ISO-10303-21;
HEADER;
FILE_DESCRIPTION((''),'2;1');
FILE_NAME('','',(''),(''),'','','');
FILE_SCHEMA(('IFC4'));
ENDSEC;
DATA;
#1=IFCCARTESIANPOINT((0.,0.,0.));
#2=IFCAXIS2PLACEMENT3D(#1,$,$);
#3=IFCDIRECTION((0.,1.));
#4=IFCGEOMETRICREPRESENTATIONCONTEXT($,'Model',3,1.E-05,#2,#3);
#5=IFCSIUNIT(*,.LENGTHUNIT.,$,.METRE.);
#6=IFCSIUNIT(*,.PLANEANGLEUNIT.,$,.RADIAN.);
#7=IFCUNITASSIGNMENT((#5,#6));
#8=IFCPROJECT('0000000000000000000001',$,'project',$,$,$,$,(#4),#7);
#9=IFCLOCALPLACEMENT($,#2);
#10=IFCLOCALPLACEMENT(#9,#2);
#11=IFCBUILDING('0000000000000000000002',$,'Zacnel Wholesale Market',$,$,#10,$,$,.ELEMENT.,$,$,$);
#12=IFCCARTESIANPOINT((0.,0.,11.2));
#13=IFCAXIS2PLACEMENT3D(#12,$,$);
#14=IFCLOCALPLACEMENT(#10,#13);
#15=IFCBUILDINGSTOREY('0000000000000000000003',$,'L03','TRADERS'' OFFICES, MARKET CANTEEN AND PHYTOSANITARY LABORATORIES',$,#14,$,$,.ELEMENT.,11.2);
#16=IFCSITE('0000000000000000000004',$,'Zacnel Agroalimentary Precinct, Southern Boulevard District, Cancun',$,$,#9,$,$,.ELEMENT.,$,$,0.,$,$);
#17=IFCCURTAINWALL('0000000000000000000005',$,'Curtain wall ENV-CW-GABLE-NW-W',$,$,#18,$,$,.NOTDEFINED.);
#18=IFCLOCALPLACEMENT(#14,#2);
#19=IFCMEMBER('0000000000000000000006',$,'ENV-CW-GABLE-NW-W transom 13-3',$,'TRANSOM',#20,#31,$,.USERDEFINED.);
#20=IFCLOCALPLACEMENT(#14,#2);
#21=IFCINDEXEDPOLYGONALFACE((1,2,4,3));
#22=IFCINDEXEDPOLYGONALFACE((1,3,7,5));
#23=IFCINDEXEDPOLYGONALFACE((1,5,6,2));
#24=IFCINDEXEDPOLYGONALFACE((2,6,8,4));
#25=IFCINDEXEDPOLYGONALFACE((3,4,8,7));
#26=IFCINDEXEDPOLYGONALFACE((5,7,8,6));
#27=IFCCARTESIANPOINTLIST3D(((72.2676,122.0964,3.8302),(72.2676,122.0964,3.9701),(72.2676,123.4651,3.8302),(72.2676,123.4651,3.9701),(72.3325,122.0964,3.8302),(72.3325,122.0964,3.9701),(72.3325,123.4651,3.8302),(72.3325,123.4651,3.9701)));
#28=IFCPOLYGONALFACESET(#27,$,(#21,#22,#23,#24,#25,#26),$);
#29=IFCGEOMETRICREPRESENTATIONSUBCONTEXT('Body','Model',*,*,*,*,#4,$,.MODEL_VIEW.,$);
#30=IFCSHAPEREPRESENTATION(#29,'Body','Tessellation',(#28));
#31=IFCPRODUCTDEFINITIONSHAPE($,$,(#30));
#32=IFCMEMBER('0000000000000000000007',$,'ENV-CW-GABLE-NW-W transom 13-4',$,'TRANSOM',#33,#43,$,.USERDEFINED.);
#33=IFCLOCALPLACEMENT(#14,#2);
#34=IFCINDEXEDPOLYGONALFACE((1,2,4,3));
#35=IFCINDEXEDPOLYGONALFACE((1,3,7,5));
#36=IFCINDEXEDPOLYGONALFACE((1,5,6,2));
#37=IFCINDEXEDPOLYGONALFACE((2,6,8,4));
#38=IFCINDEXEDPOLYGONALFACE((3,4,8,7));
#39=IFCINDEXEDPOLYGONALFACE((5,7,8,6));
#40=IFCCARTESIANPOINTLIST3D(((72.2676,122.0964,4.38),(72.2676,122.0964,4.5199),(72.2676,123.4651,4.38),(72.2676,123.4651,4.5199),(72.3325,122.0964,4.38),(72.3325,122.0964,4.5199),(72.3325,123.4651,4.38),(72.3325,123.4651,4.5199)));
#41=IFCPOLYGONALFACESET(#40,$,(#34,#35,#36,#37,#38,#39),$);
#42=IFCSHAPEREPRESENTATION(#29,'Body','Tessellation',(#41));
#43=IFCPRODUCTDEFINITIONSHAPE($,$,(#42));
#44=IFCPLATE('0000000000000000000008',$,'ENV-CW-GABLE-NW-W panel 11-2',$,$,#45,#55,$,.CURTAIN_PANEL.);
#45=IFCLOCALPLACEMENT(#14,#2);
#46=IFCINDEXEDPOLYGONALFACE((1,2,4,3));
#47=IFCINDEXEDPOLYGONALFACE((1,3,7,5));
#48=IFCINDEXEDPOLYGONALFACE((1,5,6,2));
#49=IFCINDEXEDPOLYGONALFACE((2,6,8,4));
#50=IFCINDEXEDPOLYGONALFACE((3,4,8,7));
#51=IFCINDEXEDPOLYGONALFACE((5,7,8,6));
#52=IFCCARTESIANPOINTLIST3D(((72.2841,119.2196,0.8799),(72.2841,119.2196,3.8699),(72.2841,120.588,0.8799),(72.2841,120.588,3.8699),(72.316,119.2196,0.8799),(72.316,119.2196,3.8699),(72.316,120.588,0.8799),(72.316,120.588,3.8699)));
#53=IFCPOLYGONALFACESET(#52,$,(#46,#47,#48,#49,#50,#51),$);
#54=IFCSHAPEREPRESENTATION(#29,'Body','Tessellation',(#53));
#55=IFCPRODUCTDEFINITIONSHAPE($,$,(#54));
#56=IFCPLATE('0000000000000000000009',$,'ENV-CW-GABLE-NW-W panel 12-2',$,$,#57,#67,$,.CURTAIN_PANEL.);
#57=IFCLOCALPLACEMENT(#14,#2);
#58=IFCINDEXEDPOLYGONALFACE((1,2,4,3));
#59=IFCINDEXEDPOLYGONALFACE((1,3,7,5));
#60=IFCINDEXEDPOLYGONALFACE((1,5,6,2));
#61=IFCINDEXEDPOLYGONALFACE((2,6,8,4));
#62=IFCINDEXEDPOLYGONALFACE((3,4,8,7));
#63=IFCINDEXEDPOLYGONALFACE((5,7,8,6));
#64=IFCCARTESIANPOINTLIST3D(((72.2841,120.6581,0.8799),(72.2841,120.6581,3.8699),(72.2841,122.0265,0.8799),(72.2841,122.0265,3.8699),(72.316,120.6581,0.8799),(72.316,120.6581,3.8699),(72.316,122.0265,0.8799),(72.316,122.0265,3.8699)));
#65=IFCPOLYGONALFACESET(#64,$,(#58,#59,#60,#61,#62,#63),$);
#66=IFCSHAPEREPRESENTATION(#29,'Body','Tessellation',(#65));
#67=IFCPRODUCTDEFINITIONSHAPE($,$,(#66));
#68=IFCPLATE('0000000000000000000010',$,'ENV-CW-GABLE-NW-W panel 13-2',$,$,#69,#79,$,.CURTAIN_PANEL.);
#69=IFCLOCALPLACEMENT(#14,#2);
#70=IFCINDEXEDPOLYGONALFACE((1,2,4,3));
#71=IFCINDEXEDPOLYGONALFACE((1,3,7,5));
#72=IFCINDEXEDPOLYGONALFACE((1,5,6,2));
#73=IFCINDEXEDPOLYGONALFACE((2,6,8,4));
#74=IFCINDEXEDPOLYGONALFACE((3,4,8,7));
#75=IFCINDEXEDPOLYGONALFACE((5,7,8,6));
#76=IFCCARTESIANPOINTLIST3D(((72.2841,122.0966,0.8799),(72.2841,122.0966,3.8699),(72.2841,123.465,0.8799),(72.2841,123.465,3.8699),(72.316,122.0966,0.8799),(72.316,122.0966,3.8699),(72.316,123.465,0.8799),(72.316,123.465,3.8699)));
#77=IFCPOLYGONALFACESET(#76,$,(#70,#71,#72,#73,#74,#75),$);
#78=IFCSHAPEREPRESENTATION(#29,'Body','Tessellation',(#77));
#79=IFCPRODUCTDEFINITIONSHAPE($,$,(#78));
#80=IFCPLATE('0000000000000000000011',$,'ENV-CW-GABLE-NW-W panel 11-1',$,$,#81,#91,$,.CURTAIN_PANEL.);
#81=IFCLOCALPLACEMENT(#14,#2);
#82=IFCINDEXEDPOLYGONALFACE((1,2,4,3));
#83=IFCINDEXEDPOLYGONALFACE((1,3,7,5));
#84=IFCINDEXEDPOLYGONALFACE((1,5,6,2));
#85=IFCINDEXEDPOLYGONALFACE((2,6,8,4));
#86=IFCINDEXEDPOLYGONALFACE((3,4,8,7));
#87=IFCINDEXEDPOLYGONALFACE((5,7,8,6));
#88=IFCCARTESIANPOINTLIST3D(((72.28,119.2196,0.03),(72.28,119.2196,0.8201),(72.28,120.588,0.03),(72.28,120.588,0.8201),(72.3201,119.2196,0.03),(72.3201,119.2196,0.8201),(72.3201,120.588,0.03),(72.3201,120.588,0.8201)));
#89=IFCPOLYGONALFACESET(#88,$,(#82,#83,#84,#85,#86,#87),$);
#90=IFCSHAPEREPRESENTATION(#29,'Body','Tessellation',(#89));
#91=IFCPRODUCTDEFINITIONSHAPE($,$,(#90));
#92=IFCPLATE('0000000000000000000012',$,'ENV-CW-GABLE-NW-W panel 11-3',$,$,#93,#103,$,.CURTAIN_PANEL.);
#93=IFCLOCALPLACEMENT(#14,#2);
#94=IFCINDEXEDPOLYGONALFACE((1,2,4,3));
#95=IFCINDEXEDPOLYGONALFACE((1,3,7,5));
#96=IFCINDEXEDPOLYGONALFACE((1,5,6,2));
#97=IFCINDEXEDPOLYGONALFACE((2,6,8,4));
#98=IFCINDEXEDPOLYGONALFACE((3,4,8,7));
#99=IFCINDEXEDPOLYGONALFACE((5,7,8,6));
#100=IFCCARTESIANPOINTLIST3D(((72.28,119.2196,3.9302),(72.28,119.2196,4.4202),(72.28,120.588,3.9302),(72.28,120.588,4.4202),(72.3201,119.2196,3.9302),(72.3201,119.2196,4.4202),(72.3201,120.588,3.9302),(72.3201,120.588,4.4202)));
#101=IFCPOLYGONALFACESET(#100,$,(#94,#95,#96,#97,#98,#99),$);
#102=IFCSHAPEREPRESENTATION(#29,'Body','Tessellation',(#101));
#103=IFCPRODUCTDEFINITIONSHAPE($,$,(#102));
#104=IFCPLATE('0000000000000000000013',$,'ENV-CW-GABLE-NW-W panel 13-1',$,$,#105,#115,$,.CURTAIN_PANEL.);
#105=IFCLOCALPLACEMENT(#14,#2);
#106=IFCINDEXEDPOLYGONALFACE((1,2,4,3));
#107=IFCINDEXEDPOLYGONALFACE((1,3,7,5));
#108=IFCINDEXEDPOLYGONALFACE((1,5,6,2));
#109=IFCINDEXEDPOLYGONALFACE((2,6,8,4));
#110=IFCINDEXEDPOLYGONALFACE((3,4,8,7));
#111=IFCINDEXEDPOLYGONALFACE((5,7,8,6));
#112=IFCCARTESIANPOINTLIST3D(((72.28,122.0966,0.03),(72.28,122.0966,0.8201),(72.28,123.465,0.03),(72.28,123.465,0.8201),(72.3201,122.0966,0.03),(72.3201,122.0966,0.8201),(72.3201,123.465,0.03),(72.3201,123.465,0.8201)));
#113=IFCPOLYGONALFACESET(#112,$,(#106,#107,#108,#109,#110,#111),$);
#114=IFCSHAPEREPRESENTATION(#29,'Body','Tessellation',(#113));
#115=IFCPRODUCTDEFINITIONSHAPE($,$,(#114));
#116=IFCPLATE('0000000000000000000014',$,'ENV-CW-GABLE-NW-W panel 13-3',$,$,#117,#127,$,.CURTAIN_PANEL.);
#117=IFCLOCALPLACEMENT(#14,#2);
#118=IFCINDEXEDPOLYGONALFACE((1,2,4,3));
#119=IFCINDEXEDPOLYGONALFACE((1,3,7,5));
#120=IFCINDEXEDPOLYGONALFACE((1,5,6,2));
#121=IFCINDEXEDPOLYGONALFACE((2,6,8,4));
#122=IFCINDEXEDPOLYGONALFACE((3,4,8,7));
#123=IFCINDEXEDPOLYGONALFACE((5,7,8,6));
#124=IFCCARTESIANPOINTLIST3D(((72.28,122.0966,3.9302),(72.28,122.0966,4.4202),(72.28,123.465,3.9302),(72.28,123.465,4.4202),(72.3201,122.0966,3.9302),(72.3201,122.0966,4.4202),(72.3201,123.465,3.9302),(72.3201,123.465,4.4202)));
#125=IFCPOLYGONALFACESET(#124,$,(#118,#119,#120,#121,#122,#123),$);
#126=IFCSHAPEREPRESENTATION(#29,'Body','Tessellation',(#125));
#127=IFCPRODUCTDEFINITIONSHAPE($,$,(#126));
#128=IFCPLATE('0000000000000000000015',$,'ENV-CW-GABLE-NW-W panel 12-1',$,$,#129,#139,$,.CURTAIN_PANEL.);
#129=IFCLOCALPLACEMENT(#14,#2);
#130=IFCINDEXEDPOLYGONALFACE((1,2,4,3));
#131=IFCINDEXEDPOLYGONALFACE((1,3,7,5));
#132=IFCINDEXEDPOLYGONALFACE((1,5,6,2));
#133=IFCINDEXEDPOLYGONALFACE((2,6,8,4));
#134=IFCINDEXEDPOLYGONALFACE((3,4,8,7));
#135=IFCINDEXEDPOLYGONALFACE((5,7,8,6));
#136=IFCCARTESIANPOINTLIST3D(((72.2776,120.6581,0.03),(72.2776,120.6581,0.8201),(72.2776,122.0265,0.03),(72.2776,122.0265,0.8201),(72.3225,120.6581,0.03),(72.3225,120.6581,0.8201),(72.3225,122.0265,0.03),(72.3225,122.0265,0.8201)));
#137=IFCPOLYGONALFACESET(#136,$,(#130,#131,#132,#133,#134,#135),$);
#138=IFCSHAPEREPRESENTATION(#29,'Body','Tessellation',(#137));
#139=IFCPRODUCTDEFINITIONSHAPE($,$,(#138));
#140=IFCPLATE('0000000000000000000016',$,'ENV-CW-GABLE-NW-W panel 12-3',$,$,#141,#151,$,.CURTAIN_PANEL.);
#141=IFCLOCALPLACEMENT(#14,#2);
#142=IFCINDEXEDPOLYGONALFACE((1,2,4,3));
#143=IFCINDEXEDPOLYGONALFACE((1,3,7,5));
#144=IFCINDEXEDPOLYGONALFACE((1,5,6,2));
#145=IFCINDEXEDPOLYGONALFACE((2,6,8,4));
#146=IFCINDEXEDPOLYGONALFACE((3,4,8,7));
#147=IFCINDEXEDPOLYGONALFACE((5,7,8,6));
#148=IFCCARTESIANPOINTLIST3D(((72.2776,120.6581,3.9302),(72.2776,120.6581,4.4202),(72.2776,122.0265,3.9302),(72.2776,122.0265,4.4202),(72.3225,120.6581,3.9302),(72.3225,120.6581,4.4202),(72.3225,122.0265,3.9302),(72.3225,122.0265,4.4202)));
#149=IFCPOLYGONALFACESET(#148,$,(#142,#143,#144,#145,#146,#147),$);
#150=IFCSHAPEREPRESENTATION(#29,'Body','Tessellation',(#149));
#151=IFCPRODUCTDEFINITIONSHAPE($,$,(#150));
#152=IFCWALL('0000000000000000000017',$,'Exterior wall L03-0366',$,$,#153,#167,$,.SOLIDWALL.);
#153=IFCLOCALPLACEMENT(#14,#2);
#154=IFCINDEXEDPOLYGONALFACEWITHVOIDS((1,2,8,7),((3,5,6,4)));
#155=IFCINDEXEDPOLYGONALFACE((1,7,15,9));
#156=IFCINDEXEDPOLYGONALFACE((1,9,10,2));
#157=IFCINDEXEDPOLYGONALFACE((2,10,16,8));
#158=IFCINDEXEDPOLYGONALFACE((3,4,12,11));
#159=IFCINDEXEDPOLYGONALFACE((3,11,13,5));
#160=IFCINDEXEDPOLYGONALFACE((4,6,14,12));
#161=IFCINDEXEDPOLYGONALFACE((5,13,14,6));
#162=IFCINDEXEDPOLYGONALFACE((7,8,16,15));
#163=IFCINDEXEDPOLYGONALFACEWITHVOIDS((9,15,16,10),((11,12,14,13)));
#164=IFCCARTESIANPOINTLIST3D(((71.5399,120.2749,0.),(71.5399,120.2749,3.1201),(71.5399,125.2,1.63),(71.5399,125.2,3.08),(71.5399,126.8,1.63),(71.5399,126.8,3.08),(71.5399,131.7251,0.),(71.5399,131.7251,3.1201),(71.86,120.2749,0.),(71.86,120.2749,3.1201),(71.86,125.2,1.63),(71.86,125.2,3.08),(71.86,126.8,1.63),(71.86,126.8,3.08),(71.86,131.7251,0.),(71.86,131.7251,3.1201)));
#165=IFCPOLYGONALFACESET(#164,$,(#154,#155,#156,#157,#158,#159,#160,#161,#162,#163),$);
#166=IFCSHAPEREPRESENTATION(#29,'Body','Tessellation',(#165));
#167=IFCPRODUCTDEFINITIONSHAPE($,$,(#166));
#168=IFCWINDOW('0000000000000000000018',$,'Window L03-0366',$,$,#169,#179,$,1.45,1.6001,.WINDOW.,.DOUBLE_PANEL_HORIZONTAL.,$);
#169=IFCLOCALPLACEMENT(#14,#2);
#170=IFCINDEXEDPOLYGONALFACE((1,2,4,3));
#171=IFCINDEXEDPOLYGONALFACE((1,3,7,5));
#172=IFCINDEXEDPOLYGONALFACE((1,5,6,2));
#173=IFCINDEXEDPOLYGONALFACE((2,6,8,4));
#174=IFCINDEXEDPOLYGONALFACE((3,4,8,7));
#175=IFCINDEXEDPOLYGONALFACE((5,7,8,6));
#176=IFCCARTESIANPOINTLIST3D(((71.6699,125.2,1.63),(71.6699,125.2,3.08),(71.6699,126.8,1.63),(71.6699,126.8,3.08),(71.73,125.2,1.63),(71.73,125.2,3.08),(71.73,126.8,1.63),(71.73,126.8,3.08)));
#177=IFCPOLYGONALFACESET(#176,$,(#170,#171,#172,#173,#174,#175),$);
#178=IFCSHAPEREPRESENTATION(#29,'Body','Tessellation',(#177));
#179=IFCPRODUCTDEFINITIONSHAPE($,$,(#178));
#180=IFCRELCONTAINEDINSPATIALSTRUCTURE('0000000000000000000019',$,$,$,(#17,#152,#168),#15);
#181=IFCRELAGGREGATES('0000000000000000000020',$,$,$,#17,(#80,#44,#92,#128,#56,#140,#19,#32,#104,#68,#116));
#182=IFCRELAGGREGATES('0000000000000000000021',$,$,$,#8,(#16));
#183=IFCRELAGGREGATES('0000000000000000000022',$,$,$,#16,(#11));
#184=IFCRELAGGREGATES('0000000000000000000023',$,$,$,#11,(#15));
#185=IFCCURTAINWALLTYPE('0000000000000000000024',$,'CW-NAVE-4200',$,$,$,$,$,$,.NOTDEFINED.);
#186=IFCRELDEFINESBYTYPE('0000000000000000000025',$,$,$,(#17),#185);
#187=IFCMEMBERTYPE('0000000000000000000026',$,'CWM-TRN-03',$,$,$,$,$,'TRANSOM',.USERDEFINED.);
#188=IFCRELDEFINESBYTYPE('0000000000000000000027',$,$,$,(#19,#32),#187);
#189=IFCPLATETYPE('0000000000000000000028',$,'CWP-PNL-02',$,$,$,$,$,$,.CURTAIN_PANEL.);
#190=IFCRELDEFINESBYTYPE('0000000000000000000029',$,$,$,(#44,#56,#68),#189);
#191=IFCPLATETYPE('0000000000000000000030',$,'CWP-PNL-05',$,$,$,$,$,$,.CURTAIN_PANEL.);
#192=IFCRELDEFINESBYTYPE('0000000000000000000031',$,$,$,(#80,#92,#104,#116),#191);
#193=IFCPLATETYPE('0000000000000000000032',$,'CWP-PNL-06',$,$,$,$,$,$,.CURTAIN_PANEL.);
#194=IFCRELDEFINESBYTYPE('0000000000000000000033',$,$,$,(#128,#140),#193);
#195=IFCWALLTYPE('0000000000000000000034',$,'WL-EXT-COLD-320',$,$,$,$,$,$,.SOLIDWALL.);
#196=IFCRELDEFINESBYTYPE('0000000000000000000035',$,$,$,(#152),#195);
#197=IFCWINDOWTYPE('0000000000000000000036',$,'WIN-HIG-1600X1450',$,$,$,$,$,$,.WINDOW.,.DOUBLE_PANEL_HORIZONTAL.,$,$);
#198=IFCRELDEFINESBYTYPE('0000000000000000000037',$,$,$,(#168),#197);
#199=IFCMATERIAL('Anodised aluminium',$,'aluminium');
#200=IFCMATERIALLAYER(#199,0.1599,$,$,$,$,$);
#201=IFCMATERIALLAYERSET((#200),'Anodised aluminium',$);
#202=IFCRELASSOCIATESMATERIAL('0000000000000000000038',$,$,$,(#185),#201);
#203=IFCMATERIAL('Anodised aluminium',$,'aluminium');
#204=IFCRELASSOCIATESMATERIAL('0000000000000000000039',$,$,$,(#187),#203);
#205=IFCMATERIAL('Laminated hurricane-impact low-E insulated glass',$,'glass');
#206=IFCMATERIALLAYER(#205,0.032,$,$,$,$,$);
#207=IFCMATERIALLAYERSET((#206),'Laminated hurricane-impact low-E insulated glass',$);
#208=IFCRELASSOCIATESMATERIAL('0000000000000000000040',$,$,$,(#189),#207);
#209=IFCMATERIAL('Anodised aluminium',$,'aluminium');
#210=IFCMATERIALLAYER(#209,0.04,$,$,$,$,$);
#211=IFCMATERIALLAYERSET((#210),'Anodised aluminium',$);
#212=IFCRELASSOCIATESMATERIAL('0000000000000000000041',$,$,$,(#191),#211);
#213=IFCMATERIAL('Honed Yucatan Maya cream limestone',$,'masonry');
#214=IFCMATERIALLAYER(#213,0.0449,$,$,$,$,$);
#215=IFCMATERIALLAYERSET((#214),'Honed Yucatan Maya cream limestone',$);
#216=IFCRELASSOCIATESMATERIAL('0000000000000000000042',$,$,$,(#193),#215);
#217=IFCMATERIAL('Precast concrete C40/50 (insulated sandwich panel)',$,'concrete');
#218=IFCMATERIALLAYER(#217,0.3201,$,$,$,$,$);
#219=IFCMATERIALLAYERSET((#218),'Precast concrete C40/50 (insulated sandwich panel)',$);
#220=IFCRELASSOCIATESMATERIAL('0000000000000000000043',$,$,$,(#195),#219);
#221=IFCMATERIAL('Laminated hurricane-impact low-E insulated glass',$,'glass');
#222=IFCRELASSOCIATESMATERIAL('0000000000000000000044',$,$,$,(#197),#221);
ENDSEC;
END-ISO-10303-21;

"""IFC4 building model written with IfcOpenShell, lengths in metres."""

from ifc_helpers import new_model, si_unit, direction, frame, frame_2d, origin, origin_2d, place, context, subcontext, project, spatial, rectangle, extrude, material, layer, layer_set, material_profile, profile_set, type_object, element, fill, aggregate, save


model = new_model("IFC4")

# Units and contexts
model_context = context("Model", 3, precision=1e-05, world=origin(), true_north=direction((0.0, 1.0)))
body_context = subcontext(model_context, "Body", "Model", "MODEL_VIEW")
ifc_project = project(units=[si_unit("LENGTHUNIT", "METRE"), si_unit("PLANEANGLEUNIT", "RADIAN")], contexts=[model_context])

# Site, building, storey
site_placement = place(None, origin())
site = spatial("IfcSite", under=ifc_project, at=site_placement, Name="Zacnel Agroalimentary Precinct, Southern Boulevard District, Cancun", CompositionType="ELEMENT", RefElevation=0.0)
building_placement = place(site_placement, origin())
building = spatial("IfcBuilding", under=site, at=building_placement, Name="Zacnel Wholesale Market", CompositionType="ELEMENT")
storey_placement = place(building_placement, frame((0.0, 0.0, 11.2)))
storey = spatial("IfcBuildingStorey", under=building, at=storey_placement, Name="L03", Description="TRADERS' OFFICES, MARKET CANTEEN AND PHYTOSANITARY LABORATORIES", CompositionType="ELEMENT", Elevation=11.2)

# Curtain wall, members, plates
ifc_material_1 = material(Name="Anodised aluminium", Category="aluminium")
ifc_layer_1 = layer(ifc_material_1, 0.1599)
ifc_layer_set_1 = layer_set([ifc_layer_1], Name="Anodised aluminium")
curtain_wall_type = type_object("IfcCurtainWallType", Name="CW-NAVE-4200", PredefinedType="NOTDEFINED", material=ifc_layer_set_1)
curtain_wall_placement = place(storey_placement, origin())
curtain_wall = element("IfcCurtainWall", 1, at=curtain_wall_placement, inside=storey, type_object=curtain_wall_type, Name="Curtain wall ENV-CW-GABLE-NW-W", PredefinedType="NOTDEFINED")
ifc_material_2 = material(Name="Anodised aluminium", Category="aluminium")
ifc_material_profile_1 = material_profile(ifc_material_2, rectangle(XDim=0.0649, YDim=0.1399, at=origin_2d()), Name="AW-TRANSOM 65x140")
ifc_profile_set_1 = profile_set([ifc_material_profile_1], Name="Anodised aluminium")
member_type_1 = type_object("IfcMemberType", Name="CWM-TRN-03", ElementType="TRANSOM", PredefinedType="USERDEFINED", material=ifc_profile_set_1)
member_1_placement = place(storey_placement, frame((72.3, 122.0964, 3.9001), z_axis=(0.0, 1.0, 0.0), x_axis=(-1.0, 0.0, 0.0)))
member_1 = element("IfcMember", 2, at=member_1_placement, type_object=member_type_1, Name="ENV-CW-GABLE-NW-W transom 13-3", ObjectType="TRANSOM", PredefinedType="USERDEFINED", context=body_context, shape_type="SweptSolid", body=[
    extrude(rectangle(XDim=0.0649, YDim=0.1399, at=origin_2d()), origin(), (0.0, 0.0, 1.0), 1.3687),
])
member_2_placement = place(storey_placement, frame((72.3, 122.0964, 4.45), z_axis=(0.0, 1.0, 0.0), x_axis=(-1.0, 0.0, 0.0)))
member_2 = element("IfcMember", 3, at=member_2_placement, type_object=member_type_1, Name="ENV-CW-GABLE-NW-W transom 13-4", ObjectType="TRANSOM", PredefinedType="USERDEFINED", context=body_context, shape_type="SweptSolid", body=[
    extrude(rectangle(XDim=0.0649, YDim=0.1399, at=origin_2d()), origin(), (0.0, 0.0, 1.0), 1.3687),
])
ifc_material_3 = material(Name="Laminated hurricane-impact low-E insulated glass", Category="glass")
ifc_layer_2 = layer(ifc_material_3, 0.032)
ifc_layer_set_2 = layer_set([ifc_layer_2], Name="Laminated hurricane-impact low-E insulated glass")
plate_type_1 = type_object("IfcPlateType", Name="CWP-PNL-02", PredefinedType="CURTAIN_PANEL", material=ifc_layer_set_2)
plate_1_placement = place(storey_placement, frame((72.3, 119.9038, 0.8799), z_axis=(0.0, 0.0, 1.0), x_axis=(0.0, 1.0, 0.0)))
plate_1 = element("IfcPlate", 4, at=plate_1_placement, type_object=plate_type_1, Name="ENV-CW-GABLE-NW-W panel 11-2", PredefinedType="CURTAIN_PANEL", context=body_context, shape_type="SweptSolid", body=[
    extrude(rectangle(XDim=1.3684, YDim=0.032, at=origin_2d()), origin(), (0.0, 0.0, 1.0), 2.99),
])
plate_2_placement = place(storey_placement, frame((72.3, 121.3423, 0.8799), z_axis=(0.0, 0.0, 1.0), x_axis=(0.0, 1.0, 0.0)))
plate_2 = element("IfcPlate", 5, at=plate_2_placement, type_object=plate_type_1, Name="ENV-CW-GABLE-NW-W panel 12-2", PredefinedType="CURTAIN_PANEL", context=body_context, shape_type="SweptSolid", body=[
    extrude(rectangle(XDim=1.3684, YDim=0.032, at=origin_2d()), origin(), (0.0, 0.0, 1.0), 2.99),
])
plate_3_placement = place(storey_placement, frame((72.3, 122.7808, 0.8799), z_axis=(0.0, 0.0, 1.0), x_axis=(0.0, 1.0, 0.0)))
plate_3 = element("IfcPlate", 6, at=plate_3_placement, type_object=plate_type_1, Name="ENV-CW-GABLE-NW-W panel 13-2", PredefinedType="CURTAIN_PANEL", context=body_context, shape_type="SweptSolid", body=[
    extrude(rectangle(XDim=1.3684, YDim=0.032, at=origin_2d()), origin(), (0.0, 0.0, 1.0), 2.99),
])
ifc_material_4 = material(Name="Anodised aluminium", Category="aluminium")
ifc_layer_3 = layer(ifc_material_4, 0.04)
ifc_layer_set_3 = layer_set([ifc_layer_3], Name="Anodised aluminium")
plate_type_2 = type_object("IfcPlateType", Name="CWP-PNL-05", PredefinedType="CURTAIN_PANEL", material=ifc_layer_set_3)
plate_4_placement = place(storey_placement, frame((72.3, 119.9038, 0.03), z_axis=(0.0, 0.0, 1.0), x_axis=(0.0, 1.0, 0.0)))
plate_4 = element("IfcPlate", 7, at=plate_4_placement, type_object=plate_type_2, Name="ENV-CW-GABLE-NW-W panel 11-1", PredefinedType="CURTAIN_PANEL", context=body_context, shape_type="SweptSolid", body=[
    extrude(rectangle(XDim=1.3684, YDim=0.04, at=origin_2d()), origin(), (0.0, 0.0, 1.0), 0.79),
])
plate_5_placement = place(storey_placement, frame((72.3, 119.9038, 3.9302), z_axis=(0.0, 0.0, 1.0), x_axis=(0.0, 1.0, 0.0)))
plate_5 = element("IfcPlate", 8, at=plate_5_placement, type_object=plate_type_2, Name="ENV-CW-GABLE-NW-W panel 11-3", PredefinedType="CURTAIN_PANEL", context=body_context, shape_type="SweptSolid", body=[
    extrude(rectangle(XDim=1.3684, YDim=0.04, at=origin_2d()), origin(), (0.0, 0.0, 1.0), 0.49),
])
plate_6_placement = place(storey_placement, frame((72.3, 122.7808, 0.03), z_axis=(0.0, 0.0, 1.0), x_axis=(0.0, 1.0, 0.0)))
plate_6 = element("IfcPlate", 9, at=plate_6_placement, type_object=plate_type_2, Name="ENV-CW-GABLE-NW-W panel 13-1", PredefinedType="CURTAIN_PANEL", context=body_context, shape_type="SweptSolid", body=[
    extrude(rectangle(XDim=1.3684, YDim=0.04, at=origin_2d()), origin(), (0.0, 0.0, 1.0), 0.79),
])
plate_7_placement = place(storey_placement, frame((72.3, 122.7808, 3.9302), z_axis=(0.0, 0.0, 1.0), x_axis=(0.0, 1.0, 0.0)))
plate_7 = element("IfcPlate", 10, at=plate_7_placement, type_object=plate_type_2, Name="ENV-CW-GABLE-NW-W panel 13-3", PredefinedType="CURTAIN_PANEL", context=body_context, shape_type="SweptSolid", body=[
    extrude(rectangle(XDim=1.3684, YDim=0.04, at=origin_2d()), origin(), (0.0, 0.0, 1.0), 0.49),
])
ifc_material_5 = material(Name="Honed Yucatan Maya cream limestone", Category="masonry")
ifc_layer_4 = layer(ifc_material_5, 0.0449)
ifc_layer_set_4 = layer_set([ifc_layer_4], Name="Honed Yucatan Maya cream limestone")
plate_type_3 = type_object("IfcPlateType", Name="CWP-PNL-06", PredefinedType="CURTAIN_PANEL", material=ifc_layer_set_4)
plate_8_placement = place(storey_placement, frame((72.3, 121.3423, 0.03), z_axis=(0.0, 0.0, 1.0), x_axis=(0.0, 1.0, 0.0)))
plate_8 = element("IfcPlate", 11, at=plate_8_placement, type_object=plate_type_3, Name="ENV-CW-GABLE-NW-W panel 12-1", PredefinedType="CURTAIN_PANEL", context=body_context, shape_type="SweptSolid", body=[
    extrude(rectangle(XDim=1.3684, YDim=0.0449, at=origin_2d()), origin(), (0.0, 0.0, 1.0), 0.79),
])
plate_9_placement = place(storey_placement, frame((72.3, 121.3423, 3.9302), z_axis=(0.0, 0.0, 1.0), x_axis=(0.0, 1.0, 0.0)))
plate_9 = element("IfcPlate", 12, at=plate_9_placement, type_object=plate_type_3, Name="ENV-CW-GABLE-NW-W panel 12-3", PredefinedType="CURTAIN_PANEL", context=body_context, shape_type="SweptSolid", body=[
    extrude(rectangle(XDim=1.3684, YDim=0.0449, at=origin_2d()), origin(), (0.0, 0.0, 1.0), 0.49),
])
aggregate(curtain_wall, [plate_4, plate_1, plate_5, plate_8, plate_2, plate_9, member_1, member_2, plate_6, plate_3, plate_7])

# Wall, opening, window
ifc_material_6 = material(Name="Precast concrete C40/50 (insulated sandwich panel)", Category="concrete")
ifc_layer_5 = layer(ifc_material_6, 0.3201)
ifc_layer_set_5 = layer_set([ifc_layer_5], Name="Precast concrete C40/50 (insulated sandwich panel)")
wall_type_1 = type_object("IfcWallType", Name="WL-EXT-COLD-320", PredefinedType="SOLIDWALL", material=ifc_layer_set_5)
wall_1_placement = place(storey_placement, frame((71.7, 120.2749, 0.0), z_axis=(0.0, 0.0, 1.0), x_axis=(0.0, 1.0, 0.0)))
wall_1 = element("IfcWall", 13, at=wall_1_placement, inside=storey, type_object=wall_type_1, Name="Exterior wall L03-0366", PredefinedType="SOLIDWALL", context=body_context, shape_type="SweptSolid", body=[
    extrude(rectangle(XDim=11.4502, YDim=0.3201, at=frame_2d((5.7251, 0.0))), origin(), (0.0, 0.0, 1.0), 3.1201),
])
opening_placement = place(wall_1_placement, frame((4.925, 0.0, 1.6299)))
opening = element("IfcOpeningElement", 14, at=opening_placement, cuts=wall_1, PredefinedType="OPENING", context=body_context, shape_type="SweptSolid", body=[
    extrude(rectangle(XDim=1.6001, YDim=1.45, at=frame_2d((0.8, 0.7251))), frame((0.0, 0.1699, 0.0), z_axis=(0.0, -1.0, 0.0), x_axis=(1.0, 0.0, 0.0)), (0.0, 0.0, 1.0), 0.3401),
])
ifc_material_7 = material(Name="Laminated hurricane-impact low-E insulated glass", Category="glass")
window_type = type_object("IfcWindowType", Name="WIN-HIG-1600X1450", PartitioningType="DOUBLE_PANEL_HORIZONTAL", PredefinedType="WINDOW", material=ifc_material_7)
window_placement = place(opening_placement, origin())
window = element("IfcWindow", 15, at=window_placement, inside=storey, type_object=window_type, Name="Window L03-0366", OverallHeight=1.45, OverallWidth=1.6001, PartitioningType="DOUBLE_PANEL_HORIZONTAL", PredefinedType="WINDOW", context=body_context, shape_type="SweptSolid", body=[
    extrude(rectangle(XDim=1.6001, YDim=1.45, at=frame_2d((0.8, 0.7251))), frame((0.0, 0.03, 0.0), z_axis=(0.0, -1.0, 0.0), x_axis=(1.0, 0.0, 0.0)), (0.0, 0.0, 1.0), 0.0601),
])
fill(opening, window)

save(model, "model.ifc")
